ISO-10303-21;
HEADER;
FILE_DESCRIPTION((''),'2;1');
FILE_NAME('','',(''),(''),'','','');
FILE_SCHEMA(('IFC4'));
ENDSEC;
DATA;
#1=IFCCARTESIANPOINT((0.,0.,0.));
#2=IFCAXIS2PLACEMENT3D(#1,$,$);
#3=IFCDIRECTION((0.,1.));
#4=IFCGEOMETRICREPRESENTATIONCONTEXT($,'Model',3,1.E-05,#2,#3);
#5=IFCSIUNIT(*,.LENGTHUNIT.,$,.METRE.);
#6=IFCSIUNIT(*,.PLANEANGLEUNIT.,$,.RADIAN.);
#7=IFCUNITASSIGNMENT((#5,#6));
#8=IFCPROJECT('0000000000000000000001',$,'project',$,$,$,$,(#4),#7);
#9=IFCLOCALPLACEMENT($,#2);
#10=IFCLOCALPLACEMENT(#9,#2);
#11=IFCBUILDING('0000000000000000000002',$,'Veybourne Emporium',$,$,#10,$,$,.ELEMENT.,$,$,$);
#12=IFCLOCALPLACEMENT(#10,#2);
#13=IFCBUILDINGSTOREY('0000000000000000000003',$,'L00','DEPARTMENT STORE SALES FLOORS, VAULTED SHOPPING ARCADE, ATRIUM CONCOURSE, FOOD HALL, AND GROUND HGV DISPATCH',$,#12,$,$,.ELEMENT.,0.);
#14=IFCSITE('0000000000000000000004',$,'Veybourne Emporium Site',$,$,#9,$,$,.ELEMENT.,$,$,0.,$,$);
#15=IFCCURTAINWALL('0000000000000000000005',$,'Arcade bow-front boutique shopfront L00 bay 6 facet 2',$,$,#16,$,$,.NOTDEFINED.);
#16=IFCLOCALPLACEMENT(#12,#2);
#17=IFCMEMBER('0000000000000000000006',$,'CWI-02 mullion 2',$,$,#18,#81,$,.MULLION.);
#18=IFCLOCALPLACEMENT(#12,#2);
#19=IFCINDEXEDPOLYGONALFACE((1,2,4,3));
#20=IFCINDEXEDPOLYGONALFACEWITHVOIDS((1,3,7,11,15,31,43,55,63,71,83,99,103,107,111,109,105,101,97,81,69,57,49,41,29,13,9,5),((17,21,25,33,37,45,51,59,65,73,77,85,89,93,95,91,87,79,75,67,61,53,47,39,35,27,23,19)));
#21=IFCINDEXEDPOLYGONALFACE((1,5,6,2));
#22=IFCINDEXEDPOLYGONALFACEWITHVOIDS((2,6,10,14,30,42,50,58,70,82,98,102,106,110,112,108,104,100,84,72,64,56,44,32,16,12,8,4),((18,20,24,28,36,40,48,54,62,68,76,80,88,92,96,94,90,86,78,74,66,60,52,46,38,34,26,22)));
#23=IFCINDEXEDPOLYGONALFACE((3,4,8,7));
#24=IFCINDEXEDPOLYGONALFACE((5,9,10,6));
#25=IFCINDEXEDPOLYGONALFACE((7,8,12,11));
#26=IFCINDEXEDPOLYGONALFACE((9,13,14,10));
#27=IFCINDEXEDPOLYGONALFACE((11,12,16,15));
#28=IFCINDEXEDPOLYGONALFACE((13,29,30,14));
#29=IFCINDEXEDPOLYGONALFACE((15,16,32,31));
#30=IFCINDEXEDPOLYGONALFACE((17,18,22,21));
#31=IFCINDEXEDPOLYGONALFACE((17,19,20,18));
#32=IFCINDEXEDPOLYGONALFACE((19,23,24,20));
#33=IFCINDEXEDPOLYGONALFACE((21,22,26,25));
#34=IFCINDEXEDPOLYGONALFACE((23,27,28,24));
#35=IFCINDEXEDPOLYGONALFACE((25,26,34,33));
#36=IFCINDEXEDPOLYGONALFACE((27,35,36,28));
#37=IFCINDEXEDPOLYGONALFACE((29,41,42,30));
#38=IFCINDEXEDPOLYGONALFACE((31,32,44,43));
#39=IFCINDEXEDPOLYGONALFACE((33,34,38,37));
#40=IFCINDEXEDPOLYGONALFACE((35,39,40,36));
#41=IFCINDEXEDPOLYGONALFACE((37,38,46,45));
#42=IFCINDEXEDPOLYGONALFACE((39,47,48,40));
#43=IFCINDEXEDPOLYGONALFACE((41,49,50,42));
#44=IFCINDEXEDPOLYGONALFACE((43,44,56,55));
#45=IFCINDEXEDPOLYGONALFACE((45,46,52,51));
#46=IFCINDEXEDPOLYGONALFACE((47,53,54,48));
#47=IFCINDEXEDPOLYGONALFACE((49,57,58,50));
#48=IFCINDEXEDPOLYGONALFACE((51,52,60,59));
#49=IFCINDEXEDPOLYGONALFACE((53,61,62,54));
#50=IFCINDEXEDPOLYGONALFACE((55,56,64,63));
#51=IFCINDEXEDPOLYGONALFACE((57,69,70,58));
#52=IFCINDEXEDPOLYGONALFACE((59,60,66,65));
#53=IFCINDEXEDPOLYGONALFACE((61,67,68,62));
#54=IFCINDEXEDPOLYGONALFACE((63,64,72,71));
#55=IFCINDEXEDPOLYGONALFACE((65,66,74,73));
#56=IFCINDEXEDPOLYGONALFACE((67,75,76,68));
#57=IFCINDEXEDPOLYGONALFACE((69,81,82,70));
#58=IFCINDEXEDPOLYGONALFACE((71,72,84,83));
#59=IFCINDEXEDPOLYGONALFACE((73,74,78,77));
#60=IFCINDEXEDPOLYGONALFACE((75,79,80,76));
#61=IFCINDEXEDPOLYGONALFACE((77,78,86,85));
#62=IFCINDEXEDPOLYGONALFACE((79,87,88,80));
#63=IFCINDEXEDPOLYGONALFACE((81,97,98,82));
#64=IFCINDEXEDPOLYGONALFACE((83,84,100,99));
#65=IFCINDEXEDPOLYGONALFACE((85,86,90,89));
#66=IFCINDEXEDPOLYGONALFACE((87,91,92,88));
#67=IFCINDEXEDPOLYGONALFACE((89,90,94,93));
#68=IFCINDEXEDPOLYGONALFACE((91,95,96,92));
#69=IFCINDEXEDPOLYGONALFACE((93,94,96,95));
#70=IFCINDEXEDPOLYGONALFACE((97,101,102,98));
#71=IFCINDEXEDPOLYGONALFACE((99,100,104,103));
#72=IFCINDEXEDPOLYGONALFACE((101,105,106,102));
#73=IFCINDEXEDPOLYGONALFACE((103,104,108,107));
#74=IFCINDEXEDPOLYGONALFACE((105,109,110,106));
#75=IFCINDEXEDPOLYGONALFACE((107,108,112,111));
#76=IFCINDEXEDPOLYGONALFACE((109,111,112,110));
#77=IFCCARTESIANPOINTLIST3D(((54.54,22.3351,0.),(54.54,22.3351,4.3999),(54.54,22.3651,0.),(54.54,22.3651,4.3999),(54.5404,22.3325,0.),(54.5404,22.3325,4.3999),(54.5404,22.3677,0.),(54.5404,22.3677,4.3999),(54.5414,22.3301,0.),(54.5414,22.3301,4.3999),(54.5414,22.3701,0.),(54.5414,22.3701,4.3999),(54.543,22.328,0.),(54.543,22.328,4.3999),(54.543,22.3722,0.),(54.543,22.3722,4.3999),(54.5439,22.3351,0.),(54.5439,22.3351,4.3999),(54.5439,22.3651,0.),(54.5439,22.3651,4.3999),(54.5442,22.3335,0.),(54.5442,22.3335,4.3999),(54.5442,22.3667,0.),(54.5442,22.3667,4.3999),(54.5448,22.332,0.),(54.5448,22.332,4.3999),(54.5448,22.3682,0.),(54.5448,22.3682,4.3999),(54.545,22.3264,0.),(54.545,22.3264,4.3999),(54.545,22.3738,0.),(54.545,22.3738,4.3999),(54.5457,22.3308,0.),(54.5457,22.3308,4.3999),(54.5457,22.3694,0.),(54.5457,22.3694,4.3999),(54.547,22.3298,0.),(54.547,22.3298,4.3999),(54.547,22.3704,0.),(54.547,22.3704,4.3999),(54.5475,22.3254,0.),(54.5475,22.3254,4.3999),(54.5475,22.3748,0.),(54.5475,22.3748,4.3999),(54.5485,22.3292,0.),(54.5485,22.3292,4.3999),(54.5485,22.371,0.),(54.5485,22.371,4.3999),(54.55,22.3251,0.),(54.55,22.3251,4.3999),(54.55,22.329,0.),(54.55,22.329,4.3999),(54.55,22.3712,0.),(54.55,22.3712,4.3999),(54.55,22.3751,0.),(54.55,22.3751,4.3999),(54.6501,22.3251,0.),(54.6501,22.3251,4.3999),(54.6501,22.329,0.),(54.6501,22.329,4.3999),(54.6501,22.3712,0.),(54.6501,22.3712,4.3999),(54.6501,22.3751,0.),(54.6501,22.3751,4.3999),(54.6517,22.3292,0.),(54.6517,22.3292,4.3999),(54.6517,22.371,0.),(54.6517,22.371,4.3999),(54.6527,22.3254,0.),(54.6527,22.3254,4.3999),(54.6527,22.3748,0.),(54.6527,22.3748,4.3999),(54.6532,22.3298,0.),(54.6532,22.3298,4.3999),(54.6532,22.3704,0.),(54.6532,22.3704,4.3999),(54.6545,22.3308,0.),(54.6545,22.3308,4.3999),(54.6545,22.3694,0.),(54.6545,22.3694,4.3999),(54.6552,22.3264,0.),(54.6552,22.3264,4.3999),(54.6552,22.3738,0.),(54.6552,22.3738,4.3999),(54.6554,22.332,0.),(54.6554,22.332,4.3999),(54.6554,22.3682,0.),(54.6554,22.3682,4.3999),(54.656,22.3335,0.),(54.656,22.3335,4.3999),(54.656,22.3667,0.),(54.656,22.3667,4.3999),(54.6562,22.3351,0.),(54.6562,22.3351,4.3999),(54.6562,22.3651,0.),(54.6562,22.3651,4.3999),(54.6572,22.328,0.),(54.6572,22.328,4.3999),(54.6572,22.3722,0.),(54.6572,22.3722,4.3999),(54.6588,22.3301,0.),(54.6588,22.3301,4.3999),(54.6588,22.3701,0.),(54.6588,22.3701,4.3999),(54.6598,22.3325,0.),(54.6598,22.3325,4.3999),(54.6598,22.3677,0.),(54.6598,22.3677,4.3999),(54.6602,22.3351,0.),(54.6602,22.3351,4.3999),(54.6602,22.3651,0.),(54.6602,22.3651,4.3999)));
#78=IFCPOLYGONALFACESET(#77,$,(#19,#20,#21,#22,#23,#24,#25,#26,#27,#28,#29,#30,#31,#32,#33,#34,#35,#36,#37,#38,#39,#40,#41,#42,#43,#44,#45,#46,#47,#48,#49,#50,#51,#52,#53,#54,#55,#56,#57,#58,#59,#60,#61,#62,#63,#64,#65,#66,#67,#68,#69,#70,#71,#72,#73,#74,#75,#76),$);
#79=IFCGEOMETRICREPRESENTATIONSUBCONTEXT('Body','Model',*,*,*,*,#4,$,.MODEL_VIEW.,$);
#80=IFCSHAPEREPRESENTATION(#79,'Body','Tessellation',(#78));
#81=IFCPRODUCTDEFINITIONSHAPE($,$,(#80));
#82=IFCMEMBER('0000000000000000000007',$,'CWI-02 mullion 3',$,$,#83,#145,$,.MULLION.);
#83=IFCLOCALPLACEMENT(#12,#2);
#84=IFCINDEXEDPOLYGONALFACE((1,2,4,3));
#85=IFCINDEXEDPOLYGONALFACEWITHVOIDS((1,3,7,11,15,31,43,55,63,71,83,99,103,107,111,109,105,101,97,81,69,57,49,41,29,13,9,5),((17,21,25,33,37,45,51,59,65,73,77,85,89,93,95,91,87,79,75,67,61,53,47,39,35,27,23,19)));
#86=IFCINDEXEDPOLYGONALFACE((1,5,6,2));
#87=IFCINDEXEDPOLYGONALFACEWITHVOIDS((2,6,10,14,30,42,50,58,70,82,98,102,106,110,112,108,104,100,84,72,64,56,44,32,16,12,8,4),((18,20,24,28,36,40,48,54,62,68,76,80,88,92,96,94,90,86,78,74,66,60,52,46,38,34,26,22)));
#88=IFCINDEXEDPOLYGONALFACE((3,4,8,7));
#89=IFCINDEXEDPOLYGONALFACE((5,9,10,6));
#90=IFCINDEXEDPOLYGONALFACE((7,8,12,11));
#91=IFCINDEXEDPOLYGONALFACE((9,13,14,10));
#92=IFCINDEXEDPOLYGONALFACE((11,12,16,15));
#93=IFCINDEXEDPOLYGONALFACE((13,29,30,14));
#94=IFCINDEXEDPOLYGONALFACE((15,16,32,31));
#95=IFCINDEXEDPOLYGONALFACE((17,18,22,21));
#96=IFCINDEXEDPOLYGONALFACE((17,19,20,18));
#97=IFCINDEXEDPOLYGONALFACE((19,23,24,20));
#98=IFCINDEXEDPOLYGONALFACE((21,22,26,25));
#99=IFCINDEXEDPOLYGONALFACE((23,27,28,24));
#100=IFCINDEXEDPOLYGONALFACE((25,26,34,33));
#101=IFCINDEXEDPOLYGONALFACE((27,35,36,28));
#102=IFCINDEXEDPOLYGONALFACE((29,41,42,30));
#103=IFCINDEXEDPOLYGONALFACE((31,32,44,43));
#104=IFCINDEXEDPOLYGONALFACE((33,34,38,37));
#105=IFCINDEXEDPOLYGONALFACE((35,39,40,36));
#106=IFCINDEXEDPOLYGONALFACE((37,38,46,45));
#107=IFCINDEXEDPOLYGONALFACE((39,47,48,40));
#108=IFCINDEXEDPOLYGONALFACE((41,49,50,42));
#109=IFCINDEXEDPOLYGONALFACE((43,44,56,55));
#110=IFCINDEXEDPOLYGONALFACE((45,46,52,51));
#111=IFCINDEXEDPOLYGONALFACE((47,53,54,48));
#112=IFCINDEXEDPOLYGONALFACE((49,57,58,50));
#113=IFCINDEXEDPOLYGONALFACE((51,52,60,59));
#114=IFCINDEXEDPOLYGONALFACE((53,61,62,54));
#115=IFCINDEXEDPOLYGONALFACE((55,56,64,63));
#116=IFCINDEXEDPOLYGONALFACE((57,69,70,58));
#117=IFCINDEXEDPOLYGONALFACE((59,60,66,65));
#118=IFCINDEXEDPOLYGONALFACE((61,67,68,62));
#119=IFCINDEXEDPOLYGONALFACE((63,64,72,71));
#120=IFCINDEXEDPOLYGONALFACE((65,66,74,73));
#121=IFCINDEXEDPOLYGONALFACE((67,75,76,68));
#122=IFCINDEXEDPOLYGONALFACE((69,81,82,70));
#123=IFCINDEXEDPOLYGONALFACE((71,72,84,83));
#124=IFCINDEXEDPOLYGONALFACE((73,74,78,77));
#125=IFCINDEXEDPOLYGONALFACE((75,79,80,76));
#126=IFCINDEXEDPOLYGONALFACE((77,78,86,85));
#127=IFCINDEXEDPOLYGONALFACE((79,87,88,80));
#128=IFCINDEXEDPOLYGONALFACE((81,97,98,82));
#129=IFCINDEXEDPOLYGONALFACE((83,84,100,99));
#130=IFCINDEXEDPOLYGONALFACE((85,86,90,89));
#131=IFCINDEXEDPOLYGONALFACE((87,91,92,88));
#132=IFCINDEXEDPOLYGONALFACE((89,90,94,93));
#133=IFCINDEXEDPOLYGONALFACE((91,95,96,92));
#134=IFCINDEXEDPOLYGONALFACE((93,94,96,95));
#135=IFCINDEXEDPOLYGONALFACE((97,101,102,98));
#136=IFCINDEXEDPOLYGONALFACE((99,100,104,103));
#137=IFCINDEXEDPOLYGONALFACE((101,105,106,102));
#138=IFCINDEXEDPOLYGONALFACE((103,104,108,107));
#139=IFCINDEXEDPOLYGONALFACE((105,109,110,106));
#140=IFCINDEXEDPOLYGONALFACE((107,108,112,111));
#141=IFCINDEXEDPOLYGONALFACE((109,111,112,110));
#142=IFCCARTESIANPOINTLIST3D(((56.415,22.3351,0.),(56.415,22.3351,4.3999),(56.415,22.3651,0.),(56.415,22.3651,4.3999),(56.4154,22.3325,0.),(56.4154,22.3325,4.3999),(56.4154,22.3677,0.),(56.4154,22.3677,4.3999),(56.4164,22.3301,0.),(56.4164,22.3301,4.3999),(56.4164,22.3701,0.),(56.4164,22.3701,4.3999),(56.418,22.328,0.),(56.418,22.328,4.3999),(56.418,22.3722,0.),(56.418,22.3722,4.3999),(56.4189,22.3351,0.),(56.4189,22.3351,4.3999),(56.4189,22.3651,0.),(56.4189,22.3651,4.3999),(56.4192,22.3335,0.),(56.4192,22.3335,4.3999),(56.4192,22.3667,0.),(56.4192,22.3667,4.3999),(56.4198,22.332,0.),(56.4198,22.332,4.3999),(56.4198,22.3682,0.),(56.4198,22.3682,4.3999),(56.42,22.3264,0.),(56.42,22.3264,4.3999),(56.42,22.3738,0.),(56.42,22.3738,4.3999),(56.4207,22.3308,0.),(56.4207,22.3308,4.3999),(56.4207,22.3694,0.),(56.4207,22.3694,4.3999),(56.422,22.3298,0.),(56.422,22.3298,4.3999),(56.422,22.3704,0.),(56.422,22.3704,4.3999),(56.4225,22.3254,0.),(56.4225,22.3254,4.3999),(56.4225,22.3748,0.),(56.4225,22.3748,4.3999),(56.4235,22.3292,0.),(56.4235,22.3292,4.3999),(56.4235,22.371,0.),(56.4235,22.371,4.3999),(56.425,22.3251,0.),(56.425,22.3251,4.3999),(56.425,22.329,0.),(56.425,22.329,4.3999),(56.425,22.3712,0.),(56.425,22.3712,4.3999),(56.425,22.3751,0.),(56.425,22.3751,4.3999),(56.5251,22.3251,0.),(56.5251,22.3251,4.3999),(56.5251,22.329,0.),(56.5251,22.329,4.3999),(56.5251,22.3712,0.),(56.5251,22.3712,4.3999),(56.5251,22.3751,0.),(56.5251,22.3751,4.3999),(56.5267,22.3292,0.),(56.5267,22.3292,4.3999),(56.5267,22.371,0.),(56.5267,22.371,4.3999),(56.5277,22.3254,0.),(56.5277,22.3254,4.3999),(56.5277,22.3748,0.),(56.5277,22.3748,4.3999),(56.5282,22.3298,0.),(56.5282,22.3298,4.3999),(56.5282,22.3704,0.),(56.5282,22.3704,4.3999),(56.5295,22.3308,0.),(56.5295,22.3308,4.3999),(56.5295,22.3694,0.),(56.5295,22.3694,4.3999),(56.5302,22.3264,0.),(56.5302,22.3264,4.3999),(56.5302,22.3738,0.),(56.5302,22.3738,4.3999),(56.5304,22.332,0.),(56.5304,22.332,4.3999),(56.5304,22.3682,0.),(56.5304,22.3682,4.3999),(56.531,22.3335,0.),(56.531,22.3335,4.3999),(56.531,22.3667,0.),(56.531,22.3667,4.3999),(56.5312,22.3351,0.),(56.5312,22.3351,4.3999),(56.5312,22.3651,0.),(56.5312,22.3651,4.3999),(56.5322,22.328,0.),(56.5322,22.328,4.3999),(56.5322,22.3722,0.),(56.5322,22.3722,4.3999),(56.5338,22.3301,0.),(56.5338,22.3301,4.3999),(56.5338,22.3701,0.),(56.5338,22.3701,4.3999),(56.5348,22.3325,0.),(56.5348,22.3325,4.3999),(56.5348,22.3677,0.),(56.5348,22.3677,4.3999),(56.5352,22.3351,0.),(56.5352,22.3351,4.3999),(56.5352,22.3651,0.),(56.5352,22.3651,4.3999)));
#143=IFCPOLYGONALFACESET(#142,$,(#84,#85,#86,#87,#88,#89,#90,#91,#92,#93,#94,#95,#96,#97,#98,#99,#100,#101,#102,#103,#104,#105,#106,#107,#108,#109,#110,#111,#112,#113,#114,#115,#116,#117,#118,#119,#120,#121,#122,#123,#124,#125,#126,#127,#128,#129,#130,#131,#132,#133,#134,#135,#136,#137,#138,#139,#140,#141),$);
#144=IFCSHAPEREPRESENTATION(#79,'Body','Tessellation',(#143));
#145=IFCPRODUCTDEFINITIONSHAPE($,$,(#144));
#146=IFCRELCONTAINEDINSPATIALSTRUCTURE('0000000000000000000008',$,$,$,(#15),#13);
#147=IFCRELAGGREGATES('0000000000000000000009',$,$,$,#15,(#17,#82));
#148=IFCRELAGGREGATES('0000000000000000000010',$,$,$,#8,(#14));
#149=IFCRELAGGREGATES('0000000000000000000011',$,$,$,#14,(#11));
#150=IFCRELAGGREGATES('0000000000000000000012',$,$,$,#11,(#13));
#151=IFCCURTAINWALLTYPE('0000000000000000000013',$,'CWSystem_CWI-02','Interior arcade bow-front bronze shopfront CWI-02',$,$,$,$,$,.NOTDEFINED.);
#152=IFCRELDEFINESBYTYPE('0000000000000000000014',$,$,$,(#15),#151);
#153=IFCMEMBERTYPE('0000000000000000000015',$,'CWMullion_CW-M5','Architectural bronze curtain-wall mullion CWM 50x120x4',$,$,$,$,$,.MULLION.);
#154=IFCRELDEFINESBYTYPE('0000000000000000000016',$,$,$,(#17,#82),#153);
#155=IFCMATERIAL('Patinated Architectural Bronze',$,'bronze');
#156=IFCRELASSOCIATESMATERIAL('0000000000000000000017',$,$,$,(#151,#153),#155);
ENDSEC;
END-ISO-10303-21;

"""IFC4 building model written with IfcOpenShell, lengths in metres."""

from ifc_helpers import new_model, si_unit, direction, frame, origin, origin_2d, place, context, subcontext, project, spatial, hollow_rectangle, extrude, material, material_profile, profile_set, type_object, element, aggregate, save


model = new_model("IFC4")

# Units and contexts
model_context = context("Model", 3, precision=1e-05, world=origin(), true_north=direction((0.0, 1.0)))
body_context = subcontext(model_context, "Body", "Model", "MODEL_VIEW")
ifc_project = project(units=[si_unit("LENGTHUNIT", "METRE"), si_unit("PLANEANGLEUNIT", "RADIAN")], contexts=[model_context])

# Site, building, storey
site_placement = place(None, origin())
site = spatial("IfcSite", under=ifc_project, at=site_placement, Name="Veybourne Emporium Site", CompositionType="ELEMENT", RefElevation=0.0)
building_placement = place(site_placement, origin())
building = spatial("IfcBuilding", under=site, at=building_placement, Name="Veybourne Emporium", CompositionType="ELEMENT")
storey_placement = place(building_placement, origin())
storey = spatial("IfcBuildingStorey", under=building, at=storey_placement, Name="L00", Description="DEPARTMENT STORE SALES FLOORS, VAULTED SHOPPING ARCADE, ATRIUM CONCOURSE, FOOD HALL, AND GROUND HGV DISPATCH", CompositionType="ELEMENT", Elevation=0.0)

# Curtain wall, members
ifc_material_1 = material(Name="Patinated Architectural Bronze", Category="bronze")
curtain_wall_type_1 = type_object("IfcCurtainWallType", Name="CWSystem_CWI-02", Description="Interior arcade bow-front bronze shopfront CWI-02", PredefinedType="NOTDEFINED", material=ifc_material_1)
curtain_wall_1_placement = place(storey_placement, origin())
curtain_wall_1 = element("IfcCurtainWall", 1, at=curtain_wall_1_placement, inside=storey, type_object=curtain_wall_type_1, Name="Arcade bow-front boutique shopfront L00 bay 6 facet 2", PredefinedType="NOTDEFINED")
ifc_material_profile_1 = material_profile(ifc_material_1, hollow_rectangle(XDim=0.05, YDim=0.1201, WallThickness=0.0039, InnerFilletRadius=0.0061, OuterFilletRadius=0.01, at=origin_2d()), Name="CWM 50x120x4")
ifc_profile_set_1 = profile_set([ifc_material_profile_1], Name="Patinated Architectural Bronze")
member_type_1 = type_object("IfcMemberType", Name="CWMullion_CW-M5", Description="Architectural bronze curtain-wall mullion CWM 50x120x4", PredefinedType="MULLION", material=ifc_profile_set_1)
member_1_placement = place(storey_placement, frame((54.6001, 22.3501, 0.0), z_axis=(0.0, 0.0, 1.0), x_axis=(0.0, 1.0, 0.0)))
member_1 = element("IfcMember", 2, at=member_1_placement, type_object=member_type_1, Name="CWI-02 mullion 2", PredefinedType="MULLION", context=body_context, shape_type="SweptSolid", body=[
    extrude(hollow_rectangle(XDim=0.05, YDim=0.1201, WallThickness=0.0039, InnerFilletRadius=0.0061, OuterFilletRadius=0.01, at=origin_2d()), origin(), (0.0, 0.0, 1.0), 4.3999),
])
member_2_placement = place(storey_placement, frame((56.4751, 22.3501, 0.0), z_axis=(0.0, 0.0, 1.0), x_axis=(0.0, 1.0, 0.0)))
member_2 = element("IfcMember", 3, at=member_2_placement, type_object=member_type_1, Name="CWI-02 mullion 3", PredefinedType="MULLION", context=body_context, shape_type="SweptSolid", body=[
    extrude(hollow_rectangle(XDim=0.05, YDim=0.1201, WallThickness=0.0039, InnerFilletRadius=0.0061, OuterFilletRadius=0.01, at=origin_2d()), origin(), (0.0, 0.0, 1.0), 4.3999),
])

aggregate(curtain_wall_1, [member_1, member_2])

save(model, "model.ifc")
